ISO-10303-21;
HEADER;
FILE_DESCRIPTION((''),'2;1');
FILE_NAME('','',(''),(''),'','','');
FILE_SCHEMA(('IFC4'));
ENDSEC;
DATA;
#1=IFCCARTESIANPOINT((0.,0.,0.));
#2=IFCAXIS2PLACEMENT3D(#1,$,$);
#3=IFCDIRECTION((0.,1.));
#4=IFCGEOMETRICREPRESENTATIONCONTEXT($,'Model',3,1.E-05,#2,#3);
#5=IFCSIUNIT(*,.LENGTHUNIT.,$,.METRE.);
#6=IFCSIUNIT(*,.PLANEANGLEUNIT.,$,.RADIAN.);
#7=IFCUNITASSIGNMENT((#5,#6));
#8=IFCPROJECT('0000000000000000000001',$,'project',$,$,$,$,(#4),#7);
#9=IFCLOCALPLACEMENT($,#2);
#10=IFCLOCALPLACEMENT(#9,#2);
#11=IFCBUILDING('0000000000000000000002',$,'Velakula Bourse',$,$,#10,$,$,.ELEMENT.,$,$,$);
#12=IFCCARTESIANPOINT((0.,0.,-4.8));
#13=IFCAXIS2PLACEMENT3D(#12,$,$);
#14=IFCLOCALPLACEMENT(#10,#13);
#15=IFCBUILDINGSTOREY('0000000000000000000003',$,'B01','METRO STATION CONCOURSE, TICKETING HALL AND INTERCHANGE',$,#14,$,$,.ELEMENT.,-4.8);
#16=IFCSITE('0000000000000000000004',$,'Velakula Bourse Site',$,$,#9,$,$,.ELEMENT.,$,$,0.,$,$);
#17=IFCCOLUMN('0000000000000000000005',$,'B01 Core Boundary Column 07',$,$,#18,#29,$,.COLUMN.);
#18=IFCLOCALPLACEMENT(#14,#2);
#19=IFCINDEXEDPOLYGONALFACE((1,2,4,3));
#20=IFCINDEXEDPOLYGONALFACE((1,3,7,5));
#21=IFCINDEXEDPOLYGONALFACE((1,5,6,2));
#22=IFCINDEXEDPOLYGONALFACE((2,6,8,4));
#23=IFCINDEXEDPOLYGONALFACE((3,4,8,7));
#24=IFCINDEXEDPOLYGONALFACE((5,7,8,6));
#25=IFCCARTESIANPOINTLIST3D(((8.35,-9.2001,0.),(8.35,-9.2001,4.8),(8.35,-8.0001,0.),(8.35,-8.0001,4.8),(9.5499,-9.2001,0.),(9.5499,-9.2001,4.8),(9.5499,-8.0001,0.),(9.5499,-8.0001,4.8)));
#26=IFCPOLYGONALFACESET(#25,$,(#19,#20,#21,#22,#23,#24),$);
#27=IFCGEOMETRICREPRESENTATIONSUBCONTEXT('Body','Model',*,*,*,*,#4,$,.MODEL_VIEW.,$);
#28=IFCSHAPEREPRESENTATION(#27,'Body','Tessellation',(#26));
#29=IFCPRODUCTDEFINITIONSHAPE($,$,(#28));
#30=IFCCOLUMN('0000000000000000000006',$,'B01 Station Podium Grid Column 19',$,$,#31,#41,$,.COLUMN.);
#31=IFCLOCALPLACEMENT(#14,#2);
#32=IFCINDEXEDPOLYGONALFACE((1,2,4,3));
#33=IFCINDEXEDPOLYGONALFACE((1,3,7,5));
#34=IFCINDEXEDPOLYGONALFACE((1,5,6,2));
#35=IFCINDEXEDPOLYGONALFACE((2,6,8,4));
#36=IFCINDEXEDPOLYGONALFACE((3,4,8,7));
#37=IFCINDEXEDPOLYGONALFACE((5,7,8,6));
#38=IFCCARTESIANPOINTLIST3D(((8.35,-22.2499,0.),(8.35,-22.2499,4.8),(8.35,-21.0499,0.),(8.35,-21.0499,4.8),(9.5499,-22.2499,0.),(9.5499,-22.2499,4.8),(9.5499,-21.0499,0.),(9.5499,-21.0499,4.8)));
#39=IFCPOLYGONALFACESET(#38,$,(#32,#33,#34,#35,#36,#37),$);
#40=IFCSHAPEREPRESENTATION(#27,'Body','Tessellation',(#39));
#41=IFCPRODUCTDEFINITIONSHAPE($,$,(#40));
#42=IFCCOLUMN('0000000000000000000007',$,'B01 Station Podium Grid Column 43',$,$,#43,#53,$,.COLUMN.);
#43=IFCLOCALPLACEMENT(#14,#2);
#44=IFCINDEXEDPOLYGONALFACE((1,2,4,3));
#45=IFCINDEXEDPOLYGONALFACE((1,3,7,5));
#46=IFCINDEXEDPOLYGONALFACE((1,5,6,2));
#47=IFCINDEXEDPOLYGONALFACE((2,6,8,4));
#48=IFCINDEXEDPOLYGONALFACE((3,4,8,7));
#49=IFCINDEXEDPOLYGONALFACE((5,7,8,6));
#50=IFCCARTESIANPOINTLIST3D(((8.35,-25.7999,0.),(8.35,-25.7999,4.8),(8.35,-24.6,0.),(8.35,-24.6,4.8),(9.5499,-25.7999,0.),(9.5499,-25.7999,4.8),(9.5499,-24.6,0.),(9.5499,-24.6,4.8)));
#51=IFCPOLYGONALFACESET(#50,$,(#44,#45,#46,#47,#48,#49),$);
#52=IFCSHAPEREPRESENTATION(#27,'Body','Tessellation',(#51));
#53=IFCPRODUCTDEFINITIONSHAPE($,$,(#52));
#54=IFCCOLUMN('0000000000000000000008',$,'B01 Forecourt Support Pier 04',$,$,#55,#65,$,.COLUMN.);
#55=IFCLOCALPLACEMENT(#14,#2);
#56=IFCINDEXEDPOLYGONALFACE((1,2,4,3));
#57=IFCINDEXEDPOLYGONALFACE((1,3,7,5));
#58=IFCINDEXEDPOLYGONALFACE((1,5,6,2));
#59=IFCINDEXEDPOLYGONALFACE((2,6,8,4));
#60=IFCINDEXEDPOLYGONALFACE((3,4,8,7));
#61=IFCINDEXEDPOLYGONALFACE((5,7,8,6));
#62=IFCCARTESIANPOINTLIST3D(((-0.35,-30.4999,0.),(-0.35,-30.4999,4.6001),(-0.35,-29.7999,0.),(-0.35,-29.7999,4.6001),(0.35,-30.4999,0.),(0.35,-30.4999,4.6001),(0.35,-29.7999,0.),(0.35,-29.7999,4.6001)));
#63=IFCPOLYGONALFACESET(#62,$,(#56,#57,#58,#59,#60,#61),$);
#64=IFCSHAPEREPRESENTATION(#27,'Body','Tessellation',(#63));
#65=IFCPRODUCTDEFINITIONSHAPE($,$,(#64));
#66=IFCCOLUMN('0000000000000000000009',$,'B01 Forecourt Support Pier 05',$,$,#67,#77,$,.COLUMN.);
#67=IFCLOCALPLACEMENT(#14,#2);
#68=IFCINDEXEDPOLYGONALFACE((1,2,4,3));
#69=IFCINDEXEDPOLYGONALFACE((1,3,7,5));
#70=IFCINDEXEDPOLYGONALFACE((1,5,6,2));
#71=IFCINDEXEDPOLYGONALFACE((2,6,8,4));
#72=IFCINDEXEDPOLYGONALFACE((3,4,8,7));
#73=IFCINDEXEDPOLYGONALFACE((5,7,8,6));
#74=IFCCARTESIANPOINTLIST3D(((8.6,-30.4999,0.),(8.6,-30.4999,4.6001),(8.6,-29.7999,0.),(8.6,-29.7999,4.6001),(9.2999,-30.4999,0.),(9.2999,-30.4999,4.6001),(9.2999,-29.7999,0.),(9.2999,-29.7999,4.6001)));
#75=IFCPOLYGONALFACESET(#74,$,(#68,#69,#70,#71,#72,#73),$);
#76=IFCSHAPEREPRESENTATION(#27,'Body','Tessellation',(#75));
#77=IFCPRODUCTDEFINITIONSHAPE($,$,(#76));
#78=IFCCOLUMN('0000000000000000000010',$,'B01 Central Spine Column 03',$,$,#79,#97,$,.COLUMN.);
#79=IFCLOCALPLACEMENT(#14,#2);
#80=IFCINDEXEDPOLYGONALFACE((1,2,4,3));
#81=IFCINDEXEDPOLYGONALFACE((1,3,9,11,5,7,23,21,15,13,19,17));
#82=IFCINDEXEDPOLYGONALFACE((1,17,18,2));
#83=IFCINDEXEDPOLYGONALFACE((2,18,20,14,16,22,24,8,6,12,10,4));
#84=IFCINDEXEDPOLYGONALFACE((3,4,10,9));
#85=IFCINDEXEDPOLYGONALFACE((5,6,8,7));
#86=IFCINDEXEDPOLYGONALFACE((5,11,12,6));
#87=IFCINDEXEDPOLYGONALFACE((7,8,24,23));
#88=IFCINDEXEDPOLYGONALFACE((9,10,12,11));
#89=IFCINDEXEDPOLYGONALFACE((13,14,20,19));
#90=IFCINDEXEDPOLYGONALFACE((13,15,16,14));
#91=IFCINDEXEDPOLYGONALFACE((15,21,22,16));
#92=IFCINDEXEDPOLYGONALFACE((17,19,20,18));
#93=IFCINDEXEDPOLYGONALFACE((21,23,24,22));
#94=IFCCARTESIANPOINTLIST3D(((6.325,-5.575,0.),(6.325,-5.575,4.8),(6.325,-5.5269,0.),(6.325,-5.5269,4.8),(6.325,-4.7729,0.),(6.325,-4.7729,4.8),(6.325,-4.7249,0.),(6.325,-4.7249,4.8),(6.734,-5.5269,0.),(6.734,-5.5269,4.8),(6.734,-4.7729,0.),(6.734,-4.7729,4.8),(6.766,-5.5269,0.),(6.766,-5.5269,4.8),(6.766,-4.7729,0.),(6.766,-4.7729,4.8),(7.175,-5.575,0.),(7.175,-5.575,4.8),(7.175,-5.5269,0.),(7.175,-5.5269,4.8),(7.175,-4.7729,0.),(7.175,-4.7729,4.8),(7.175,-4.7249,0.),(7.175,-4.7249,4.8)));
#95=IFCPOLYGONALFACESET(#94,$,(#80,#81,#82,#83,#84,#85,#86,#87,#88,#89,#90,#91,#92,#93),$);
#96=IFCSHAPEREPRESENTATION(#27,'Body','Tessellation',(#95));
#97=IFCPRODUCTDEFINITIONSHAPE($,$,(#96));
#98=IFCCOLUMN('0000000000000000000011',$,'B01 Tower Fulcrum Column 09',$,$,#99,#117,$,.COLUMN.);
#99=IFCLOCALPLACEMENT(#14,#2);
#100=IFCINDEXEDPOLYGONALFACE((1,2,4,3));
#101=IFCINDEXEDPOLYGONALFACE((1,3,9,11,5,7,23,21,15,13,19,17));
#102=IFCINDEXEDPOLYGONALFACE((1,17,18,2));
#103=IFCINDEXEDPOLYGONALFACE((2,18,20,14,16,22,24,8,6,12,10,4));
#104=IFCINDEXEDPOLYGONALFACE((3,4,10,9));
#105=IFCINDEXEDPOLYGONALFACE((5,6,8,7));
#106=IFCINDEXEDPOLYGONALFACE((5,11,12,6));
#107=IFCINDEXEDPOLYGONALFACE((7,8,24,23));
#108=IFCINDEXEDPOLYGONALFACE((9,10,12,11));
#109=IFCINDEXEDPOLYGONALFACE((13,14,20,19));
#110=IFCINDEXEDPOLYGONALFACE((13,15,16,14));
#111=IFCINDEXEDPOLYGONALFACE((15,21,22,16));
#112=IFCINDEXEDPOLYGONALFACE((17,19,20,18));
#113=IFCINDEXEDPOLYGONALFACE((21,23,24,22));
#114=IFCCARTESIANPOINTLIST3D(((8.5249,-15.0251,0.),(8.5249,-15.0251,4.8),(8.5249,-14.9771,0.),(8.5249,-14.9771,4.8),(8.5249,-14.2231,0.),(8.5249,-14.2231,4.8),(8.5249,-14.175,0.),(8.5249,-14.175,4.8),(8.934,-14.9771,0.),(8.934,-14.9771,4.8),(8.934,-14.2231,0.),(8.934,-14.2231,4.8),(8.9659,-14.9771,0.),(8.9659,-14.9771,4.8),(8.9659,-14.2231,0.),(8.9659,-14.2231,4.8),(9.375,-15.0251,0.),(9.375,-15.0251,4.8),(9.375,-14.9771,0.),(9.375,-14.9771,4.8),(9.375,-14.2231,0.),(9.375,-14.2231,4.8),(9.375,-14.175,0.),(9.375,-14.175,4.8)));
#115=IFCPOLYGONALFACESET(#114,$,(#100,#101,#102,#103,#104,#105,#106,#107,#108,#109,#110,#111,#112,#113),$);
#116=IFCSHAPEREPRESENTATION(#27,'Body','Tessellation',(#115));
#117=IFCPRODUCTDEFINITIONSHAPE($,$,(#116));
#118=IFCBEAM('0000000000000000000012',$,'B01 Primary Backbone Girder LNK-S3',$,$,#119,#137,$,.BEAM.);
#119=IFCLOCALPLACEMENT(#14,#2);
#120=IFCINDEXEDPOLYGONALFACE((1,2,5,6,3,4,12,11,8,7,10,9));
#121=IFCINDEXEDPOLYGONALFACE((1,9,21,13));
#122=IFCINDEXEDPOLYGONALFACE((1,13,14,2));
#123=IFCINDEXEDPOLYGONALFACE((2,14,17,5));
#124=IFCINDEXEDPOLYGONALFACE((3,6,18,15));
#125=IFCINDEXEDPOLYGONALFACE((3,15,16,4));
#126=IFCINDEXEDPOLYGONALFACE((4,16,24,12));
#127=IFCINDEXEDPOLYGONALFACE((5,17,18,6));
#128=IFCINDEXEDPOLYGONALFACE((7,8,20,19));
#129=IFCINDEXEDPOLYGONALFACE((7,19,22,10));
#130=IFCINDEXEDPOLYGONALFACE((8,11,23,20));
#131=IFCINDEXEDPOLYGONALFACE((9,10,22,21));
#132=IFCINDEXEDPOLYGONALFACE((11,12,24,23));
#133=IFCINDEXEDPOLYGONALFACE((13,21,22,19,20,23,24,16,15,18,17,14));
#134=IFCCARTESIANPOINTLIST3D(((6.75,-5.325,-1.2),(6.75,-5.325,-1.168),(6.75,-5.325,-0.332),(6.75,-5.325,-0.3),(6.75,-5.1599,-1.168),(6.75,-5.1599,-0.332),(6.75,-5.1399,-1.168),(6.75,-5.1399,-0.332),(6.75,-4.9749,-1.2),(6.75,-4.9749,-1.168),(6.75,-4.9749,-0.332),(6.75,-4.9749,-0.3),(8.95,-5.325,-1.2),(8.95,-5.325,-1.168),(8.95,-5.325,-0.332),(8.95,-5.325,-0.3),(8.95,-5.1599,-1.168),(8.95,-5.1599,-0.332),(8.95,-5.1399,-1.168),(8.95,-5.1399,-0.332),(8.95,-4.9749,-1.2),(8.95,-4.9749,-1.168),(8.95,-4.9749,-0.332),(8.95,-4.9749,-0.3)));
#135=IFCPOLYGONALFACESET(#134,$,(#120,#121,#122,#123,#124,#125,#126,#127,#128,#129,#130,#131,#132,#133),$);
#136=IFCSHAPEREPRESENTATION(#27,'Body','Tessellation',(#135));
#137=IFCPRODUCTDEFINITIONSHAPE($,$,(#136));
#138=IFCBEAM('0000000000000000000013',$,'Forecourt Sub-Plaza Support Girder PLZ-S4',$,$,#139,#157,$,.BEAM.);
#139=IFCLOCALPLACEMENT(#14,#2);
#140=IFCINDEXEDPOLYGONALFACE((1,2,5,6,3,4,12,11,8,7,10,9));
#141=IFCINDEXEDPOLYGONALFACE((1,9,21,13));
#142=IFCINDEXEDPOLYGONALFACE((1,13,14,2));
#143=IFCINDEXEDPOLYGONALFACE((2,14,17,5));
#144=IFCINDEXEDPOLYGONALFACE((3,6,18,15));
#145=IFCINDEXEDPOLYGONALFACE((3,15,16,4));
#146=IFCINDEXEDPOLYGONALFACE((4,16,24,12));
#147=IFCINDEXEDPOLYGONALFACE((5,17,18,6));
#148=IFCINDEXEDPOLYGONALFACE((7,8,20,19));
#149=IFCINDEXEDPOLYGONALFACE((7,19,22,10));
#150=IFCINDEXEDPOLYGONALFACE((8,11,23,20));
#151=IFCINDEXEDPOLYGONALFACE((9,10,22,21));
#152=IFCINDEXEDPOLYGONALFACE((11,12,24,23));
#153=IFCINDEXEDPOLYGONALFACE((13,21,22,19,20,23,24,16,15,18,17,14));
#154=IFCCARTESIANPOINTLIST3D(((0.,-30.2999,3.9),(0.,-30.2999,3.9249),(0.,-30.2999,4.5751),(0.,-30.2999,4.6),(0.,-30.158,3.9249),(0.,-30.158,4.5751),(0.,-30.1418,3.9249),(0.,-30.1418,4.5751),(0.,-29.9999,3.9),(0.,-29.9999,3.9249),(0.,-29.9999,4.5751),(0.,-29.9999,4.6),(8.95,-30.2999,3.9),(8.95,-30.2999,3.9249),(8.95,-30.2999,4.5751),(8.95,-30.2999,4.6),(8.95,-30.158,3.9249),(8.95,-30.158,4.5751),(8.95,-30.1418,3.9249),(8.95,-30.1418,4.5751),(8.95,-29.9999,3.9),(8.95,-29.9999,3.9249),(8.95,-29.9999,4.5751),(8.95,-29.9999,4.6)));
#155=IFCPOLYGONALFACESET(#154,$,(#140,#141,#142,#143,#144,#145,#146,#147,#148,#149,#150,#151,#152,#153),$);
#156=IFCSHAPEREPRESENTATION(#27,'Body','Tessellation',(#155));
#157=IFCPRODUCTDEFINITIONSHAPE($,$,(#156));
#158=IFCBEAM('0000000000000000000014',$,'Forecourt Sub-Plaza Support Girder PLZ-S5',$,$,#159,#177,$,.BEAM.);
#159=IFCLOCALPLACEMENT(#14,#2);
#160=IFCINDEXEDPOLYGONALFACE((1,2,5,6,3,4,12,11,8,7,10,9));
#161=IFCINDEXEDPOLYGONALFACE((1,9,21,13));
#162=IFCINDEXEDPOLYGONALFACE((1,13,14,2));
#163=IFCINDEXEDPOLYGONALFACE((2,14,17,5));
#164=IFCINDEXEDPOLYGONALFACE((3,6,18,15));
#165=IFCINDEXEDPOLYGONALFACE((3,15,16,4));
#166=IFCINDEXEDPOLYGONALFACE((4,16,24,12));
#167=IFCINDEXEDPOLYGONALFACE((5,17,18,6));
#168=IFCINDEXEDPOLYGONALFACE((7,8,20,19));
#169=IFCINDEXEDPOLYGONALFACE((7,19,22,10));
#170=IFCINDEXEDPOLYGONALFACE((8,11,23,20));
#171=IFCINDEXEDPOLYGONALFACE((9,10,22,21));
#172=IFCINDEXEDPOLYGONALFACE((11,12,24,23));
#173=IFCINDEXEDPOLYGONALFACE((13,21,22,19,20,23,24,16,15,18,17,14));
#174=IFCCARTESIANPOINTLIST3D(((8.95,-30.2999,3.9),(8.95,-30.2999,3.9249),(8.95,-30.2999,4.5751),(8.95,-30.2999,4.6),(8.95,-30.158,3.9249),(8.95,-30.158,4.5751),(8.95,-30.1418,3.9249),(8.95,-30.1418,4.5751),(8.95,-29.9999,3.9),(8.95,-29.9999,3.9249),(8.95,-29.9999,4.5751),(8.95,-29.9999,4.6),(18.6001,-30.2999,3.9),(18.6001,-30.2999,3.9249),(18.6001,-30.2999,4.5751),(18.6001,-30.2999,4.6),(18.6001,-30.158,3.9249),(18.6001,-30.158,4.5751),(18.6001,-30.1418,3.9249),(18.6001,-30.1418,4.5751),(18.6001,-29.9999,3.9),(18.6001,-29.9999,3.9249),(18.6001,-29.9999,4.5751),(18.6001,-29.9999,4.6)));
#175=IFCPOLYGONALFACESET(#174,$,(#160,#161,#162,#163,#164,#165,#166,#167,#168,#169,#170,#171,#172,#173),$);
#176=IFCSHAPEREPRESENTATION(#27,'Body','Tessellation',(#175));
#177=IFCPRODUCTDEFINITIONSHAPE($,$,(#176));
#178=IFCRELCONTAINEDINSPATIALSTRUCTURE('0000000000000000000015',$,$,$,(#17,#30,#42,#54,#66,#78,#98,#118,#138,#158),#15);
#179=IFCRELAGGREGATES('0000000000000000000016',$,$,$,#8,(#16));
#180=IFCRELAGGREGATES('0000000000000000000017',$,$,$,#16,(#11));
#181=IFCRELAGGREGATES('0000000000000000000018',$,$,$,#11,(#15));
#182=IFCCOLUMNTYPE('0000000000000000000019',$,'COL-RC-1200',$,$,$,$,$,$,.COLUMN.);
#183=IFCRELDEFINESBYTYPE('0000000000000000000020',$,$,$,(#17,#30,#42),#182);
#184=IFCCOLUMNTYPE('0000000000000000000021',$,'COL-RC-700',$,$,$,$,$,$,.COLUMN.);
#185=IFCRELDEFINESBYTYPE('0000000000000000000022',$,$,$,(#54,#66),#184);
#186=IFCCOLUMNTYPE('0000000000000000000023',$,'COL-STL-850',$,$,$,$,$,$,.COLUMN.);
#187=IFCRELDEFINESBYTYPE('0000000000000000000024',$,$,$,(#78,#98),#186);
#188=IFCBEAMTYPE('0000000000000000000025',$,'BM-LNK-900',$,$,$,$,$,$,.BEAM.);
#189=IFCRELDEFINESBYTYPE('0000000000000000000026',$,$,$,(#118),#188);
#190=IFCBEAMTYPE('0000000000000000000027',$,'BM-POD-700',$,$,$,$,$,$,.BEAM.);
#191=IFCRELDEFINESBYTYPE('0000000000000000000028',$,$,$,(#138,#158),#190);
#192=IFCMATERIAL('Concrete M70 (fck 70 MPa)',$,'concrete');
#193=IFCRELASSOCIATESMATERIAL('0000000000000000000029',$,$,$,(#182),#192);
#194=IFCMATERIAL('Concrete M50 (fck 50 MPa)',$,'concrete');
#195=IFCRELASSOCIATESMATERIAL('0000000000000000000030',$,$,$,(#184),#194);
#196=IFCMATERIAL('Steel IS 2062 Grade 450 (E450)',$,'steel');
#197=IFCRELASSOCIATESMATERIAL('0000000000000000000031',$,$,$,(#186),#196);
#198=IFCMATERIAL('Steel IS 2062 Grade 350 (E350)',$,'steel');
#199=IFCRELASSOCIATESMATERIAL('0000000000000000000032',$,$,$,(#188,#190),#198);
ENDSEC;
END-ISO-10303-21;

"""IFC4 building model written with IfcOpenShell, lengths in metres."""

from ifc_helpers import new_model, si_unit, direction, frame, origin, origin_2d, place, context, subcontext, project, spatial, rectangle, i_section, extrude, material, material_profile, profile_set, type_object, element, save


model = new_model("IFC4")

# Units and contexts
model_context = context("Model", 3, precision=1e-05, world=origin(), true_north=direction((0.0, 1.0)))
body_context = subcontext(model_context, "Body", "Model", "MODEL_VIEW")
ifc_project = project(units=[si_unit("LENGTHUNIT", "METRE"), si_unit("PLANEANGLEUNIT", "RADIAN")], contexts=[model_context])

# Site, building, storey
site_placement = place(None, origin())
site = spatial("IfcSite", under=ifc_project, at=site_placement, Name="Velakula Bourse Site", CompositionType="ELEMENT", RefElevation=0.0)
building_placement = place(site_placement, origin())
building = spatial("IfcBuilding", under=site, at=building_placement, Name="Velakula Bourse", CompositionType="ELEMENT")
storey_placement = place(building_placement, frame((0.0, 0.0, -4.8)))
storey = spatial("IfcBuildingStorey", under=building, at=storey_placement, Name="B01", Description="METRO STATION CONCOURSE, TICKETING HALL AND INTERCHANGE", CompositionType="ELEMENT", Elevation=-4.8)

# Columns
ifc_material_1 = material(Name="Concrete M70 (fck 70 MPa)", Category="concrete")
ifc_material_profile_1 = material_profile(ifc_material_1, rectangle(XDim=1.2, YDim=1.2, at=origin_2d()), Name="Concrete M70 (fck 70 MPa)")
ifc_profile_set_1 = profile_set([ifc_material_profile_1], Name="Concrete M70 (fck 70 MPa)")
column_type_1 = type_object("IfcColumnType", Name="COL-RC-1200", PredefinedType="COLUMN", material=ifc_profile_set_1)
for number, where, z_axis, x_axis, name in (
    (1, (8.95, -8.6001, 0.0), (0.0, 0.0, 1.0), (1.0, 0.0, 0.0), "B01 Core Boundary Column 07"),
    (2, (8.95, -21.6499, 0.0), (0.0, 0.0, 1.0), (1.0, 0.0, 0.0), "B01 Station Podium Grid Column 19"),
    (3, (8.95, -25.2, 0.0), (0.0, 0.0, 1.0), (1.0, 0.0, 0.0), "B01 Station Podium Grid Column 43"),
):
    element("IfcColumn", number, at=place(storey_placement, frame(where, z_axis=z_axis, x_axis=x_axis)), inside=storey, type_object=column_type_1, Name=name, PredefinedType="COLUMN", context=body_context, shape_type="SweptSolid", body=[
        extrude(rectangle(XDim=1.2, YDim=1.2, at=origin_2d()), origin(), (0.0, 0.0, 1.0), 4.8),
    ])
ifc_material_2 = material(Name="Concrete M50 (fck 50 MPa)", Category="concrete")
ifc_material_profile_2 = material_profile(ifc_material_2, rectangle(XDim=0.7, YDim=0.7, at=origin_2d()), Name="Concrete M50 (fck 50 MPa)")
ifc_profile_set_2 = profile_set([ifc_material_profile_2], Name="Concrete M50 (fck 50 MPa)")
column_type_2 = type_object("IfcColumnType", Name="COL-RC-700", PredefinedType="COLUMN", material=ifc_profile_set_2)
for number, where, z_axis, x_axis, name in (
    (4, (0.0, -30.1499, 0.0), (0.0, 0.0, 1.0), (1.0, 0.0, 0.0), "B01 Forecourt Support Pier 04"),
    (5, (8.95, -30.1499, 0.0), (0.0, 0.0, 1.0), (1.0, 0.0, 0.0), "B01 Forecourt Support Pier 05"),
):
    element("IfcColumn", number, at=place(storey_placement, frame(where, z_axis=z_axis, x_axis=x_axis)), inside=storey, type_object=column_type_2, Name=name, PredefinedType="COLUMN", context=body_context, shape_type="SweptSolid", body=[
        extrude(rectangle(XDim=0.7, YDim=0.7, at=origin_2d()), origin(), (0.0, 0.0, 1.0), 4.6001),
    ])
ifc_material_3 = material(Name="Steel IS 2062 Grade 450 (E450)", Category="steel")
ifc_material_profile_3 = material_profile(ifc_material_3, i_section(OverallWidth=0.8501, OverallDepth=0.8501, WebThickness=0.032, FlangeThickness=0.0481, at=origin_2d()), Name="Steel IS 2062 Grade 450 (E450)")
ifc_profile_set_3 = profile_set([ifc_material_profile_3], Name="Steel IS 2062 Grade 450 (E450)")
column_type_3 = type_object("IfcColumnType", Name="COL-STL-850", PredefinedType="COLUMN", material=ifc_profile_set_3)
for number, where, z_axis, x_axis, name in (
    (6, (6.75, -5.1499, 0.0), (0.0, 0.0, 1.0), (1.0, 0.0, 0.0), "B01 Central Spine Column 03"),
    (7, (8.95, -14.6001, 0.0), (0.0, 0.0, 1.0), (1.0, 0.0, 0.0), "B01 Tower Fulcrum Column 09"),
):
    element("IfcColumn", number, at=place(storey_placement, frame(where, z_axis=z_axis, x_axis=x_axis)), inside=storey, type_object=column_type_3, Name=name, PredefinedType="COLUMN", context=body_context, shape_type="SweptSolid", body=[
        extrude(i_section(OverallWidth=0.8501, OverallDepth=0.8501, WebThickness=0.032, FlangeThickness=0.0481, at=origin_2d()), origin(), (0.0, 0.0, 1.0), 4.8),
    ])

# Beams
ifc_material_4 = material(Name="Steel IS 2062 Grade 350 (E350)", Category="steel")
ifc_material_profile_4 = material_profile(ifc_material_4, i_section(OverallWidth=0.3501, OverallDepth=0.8999, WebThickness=0.02, FlangeThickness=0.032, at=origin_2d()), Name="Steel IS 2062 Grade 350 (E350)")
ifc_profile_set_4 = profile_set([ifc_material_profile_4], Name="Steel IS 2062 Grade 350 (E350)")
beam_type_1 = type_object("IfcBeamType", Name="BM-LNK-900", PredefinedType="BEAM", material=ifc_profile_set_4)
beam_1_placement = place(storey_placement, frame((6.75, -5.1499, -0.75), z_axis=(1.0, 0.0, 0.0), x_axis=(0.0, 1.0, 0.0)))
element("IfcBeam", 8, at=beam_1_placement, inside=storey, type_object=beam_type_1, Name="B01 Primary Backbone Girder LNK-S3", PredefinedType="BEAM", context=body_context, shape_type="SweptSolid", body=[
    extrude(i_section(OverallWidth=0.3501, OverallDepth=0.8999, WebThickness=0.02, FlangeThickness=0.032, at=origin_2d()), origin(), (0.0, 0.0, 1.0), 2.2),
])
ifc_material_profile_5 = material_profile(ifc_material_4, i_section(OverallWidth=0.3, OverallDepth=0.7, WebThickness=0.0161, FlangeThickness=0.0249, at=origin_2d()), Name="Steel IS 2062 Grade 350 (E350)")
ifc_profile_set_5 = profile_set([ifc_material_profile_5], Name="Steel IS 2062 Grade 350 (E350)")
beam_type_2 = type_object("IfcBeamType", Name="BM-POD-700", PredefinedType="BEAM", material=ifc_profile_set_5)
beam_2_placement = place(storey_placement, frame((0.0, -30.1499, 4.25), z_axis=(1.0, 0.0, 0.0), x_axis=(0.0, 1.0, 0.0)))
element("IfcBeam", 9, at=beam_2_placement, inside=storey, type_object=beam_type_2, Name="Forecourt Sub-Plaza Support Girder PLZ-S4", PredefinedType="BEAM", context=body_context, shape_type="SweptSolid", body=[
    extrude(i_section(OverallWidth=0.3, OverallDepth=0.7, WebThickness=0.0161, FlangeThickness=0.0249, at=origin_2d()), origin(), (0.0, 0.0, 1.0), 8.95),
])
beam_3_placement = place(storey_placement, frame((8.95, -30.1499, 4.25), z_axis=(1.0, 0.0, 0.0), x_axis=(0.0, 1.0, 0.0)))
element("IfcBeam", 10, at=beam_3_placement, inside=storey, type_object=beam_type_2, Name="Forecourt Sub-Plaza Support Girder PLZ-S5", PredefinedType="BEAM", context=body_context, shape_type="SweptSolid", body=[
    extrude(i_section(OverallWidth=0.3, OverallDepth=0.7, WebThickness=0.0161, FlangeThickness=0.0249, at=origin_2d()), origin(), (0.0, 0.0, 1.0), 9.6501),
])

save(model, "model.ifc")
